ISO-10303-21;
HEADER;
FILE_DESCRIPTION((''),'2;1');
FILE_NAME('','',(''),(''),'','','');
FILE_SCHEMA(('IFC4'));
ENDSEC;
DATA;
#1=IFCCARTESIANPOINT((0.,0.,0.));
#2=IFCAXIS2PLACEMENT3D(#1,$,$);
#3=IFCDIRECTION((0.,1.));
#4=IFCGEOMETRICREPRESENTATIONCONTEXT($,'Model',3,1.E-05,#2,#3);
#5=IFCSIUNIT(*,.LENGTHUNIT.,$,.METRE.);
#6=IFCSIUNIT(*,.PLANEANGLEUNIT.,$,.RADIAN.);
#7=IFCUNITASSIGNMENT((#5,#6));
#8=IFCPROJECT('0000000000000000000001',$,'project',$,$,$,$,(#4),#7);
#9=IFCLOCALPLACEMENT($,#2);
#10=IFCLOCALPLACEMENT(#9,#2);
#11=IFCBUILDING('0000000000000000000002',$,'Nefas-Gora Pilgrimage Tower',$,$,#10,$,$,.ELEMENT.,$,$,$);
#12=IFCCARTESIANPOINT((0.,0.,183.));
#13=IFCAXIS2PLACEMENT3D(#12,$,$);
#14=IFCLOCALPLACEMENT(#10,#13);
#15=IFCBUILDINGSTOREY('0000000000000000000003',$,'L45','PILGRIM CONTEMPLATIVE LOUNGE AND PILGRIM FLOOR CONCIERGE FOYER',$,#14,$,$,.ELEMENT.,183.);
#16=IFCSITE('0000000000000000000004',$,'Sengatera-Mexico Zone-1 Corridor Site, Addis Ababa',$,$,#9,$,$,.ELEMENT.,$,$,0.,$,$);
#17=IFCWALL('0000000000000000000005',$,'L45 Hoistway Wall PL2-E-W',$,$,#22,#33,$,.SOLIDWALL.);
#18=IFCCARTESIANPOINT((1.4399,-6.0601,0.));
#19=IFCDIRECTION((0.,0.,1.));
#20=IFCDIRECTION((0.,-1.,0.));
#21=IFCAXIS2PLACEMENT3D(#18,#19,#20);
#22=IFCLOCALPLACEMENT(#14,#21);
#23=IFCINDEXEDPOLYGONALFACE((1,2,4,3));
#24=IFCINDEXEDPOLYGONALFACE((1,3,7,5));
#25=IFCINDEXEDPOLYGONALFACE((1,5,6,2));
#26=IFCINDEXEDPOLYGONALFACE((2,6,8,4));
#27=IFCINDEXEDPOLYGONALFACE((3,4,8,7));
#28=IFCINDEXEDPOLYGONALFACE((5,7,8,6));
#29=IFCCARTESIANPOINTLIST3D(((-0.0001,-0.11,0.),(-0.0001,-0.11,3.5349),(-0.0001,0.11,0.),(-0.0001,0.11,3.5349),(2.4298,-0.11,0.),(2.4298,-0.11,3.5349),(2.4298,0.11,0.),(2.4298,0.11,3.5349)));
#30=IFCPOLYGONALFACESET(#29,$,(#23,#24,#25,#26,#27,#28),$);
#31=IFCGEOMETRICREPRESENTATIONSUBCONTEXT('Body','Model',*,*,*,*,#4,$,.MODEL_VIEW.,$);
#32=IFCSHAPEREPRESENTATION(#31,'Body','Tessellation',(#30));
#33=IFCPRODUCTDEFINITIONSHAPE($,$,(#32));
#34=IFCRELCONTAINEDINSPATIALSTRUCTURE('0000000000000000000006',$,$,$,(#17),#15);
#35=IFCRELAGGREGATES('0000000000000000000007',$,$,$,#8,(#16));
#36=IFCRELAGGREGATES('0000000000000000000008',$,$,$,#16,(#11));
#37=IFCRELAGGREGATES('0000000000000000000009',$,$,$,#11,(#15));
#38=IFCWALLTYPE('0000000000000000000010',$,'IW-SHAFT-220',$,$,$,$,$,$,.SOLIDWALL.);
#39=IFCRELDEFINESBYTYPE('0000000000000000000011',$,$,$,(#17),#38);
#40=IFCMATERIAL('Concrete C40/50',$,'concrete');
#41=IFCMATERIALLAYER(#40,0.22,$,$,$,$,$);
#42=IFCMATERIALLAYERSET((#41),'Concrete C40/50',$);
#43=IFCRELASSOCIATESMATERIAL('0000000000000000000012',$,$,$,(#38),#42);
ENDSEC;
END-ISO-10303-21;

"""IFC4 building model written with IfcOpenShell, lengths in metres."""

from ifc_helpers import new_model, si_unit, direction, frame, frame_2d, origin, place, context, subcontext, project, spatial, rectangle, extrude, source, transform, mapped, material, layer, layer_set, type_object, element, save


model = new_model("IFC4")

# Units and contexts
model_context = context("Model", 3, precision=1e-05, world=origin(), true_north=direction((0.0, 1.0)))
body_context = subcontext(model_context, "Body", "Model", "MODEL_VIEW")
ifc_project = project(units=[si_unit("LENGTHUNIT", "METRE"), si_unit("PLANEANGLEUNIT", "RADIAN")], contexts=[model_context])

# Site, building, storey
site_placement = place(None, origin())
site = spatial("IfcSite", under=ifc_project, at=site_placement, Name="Sengatera-Mexico Zone-1 Corridor Site, Addis Ababa", CompositionType="ELEMENT", RefElevation=0.0)
building_placement = place(site_placement, origin())
building = spatial("IfcBuilding", under=site, at=building_placement, Name="Nefas-Gora Pilgrimage Tower", CompositionType="ELEMENT")
storey_placement = place(building_placement, frame((0.0, 0.0, 183.0)))
storey = spatial("IfcBuildingStorey", under=building, at=storey_placement, Name="L45", Description="PILGRIM CONTEMPLATIVE LOUNGE AND PILGRIM FLOOR CONCIERGE FOYER", CompositionType="ELEMENT", Elevation=183.0)

# Shared definitions
ifc_material_1 = material(Name="Concrete C40/50", Category="concrete")

# Shared definitions
ifc_layer_1 = layer(ifc_material_1, 0.22)
ifc_layer_set_1 = layer_set([ifc_layer_1], Name="Concrete C40/50")
wall_type_1 = type_object("IfcWallType", Name="IW-SHAFT-220", PredefinedType="SOLIDWALL", material=ifc_layer_set_1)

# Wall
shared_shape_1 = source(origin(), body_context, "Body", "SweptSolid", [
    extrude(rectangle(XDim=2.4299, YDim=0.22, at=frame_2d((1.2148, 0.0))), origin(), (0.0, 0.0, 1.0), 3.5349),
])
for number, where, z_axis, x_axis, name in (
    (1, (1.4399, -6.0601, 0.0), (0.0, 0.0, 1.0), (0.0, -1.0, 0.0), "L45 Hoistway Wall PL2-E-W"),
):
    element("IfcWall", number, at=place(storey_placement, frame(where, z_axis=z_axis, x_axis=x_axis)), inside=storey, type_object=wall_type_1, Name=name, PredefinedType="SOLIDWALL", context=body_context, shape_type="MappedRepresentation", body=[
        mapped(shared_shape_1, transform((0.0, 0.0, 0.0), x_axis=(1.0, 0.0, 0.0), y_axis=(0.0, 1.0, 0.0), z_axis=(0.0, 0.0, 1.0), scale=1.0)),
    ])

save(model, "model.ifc")
